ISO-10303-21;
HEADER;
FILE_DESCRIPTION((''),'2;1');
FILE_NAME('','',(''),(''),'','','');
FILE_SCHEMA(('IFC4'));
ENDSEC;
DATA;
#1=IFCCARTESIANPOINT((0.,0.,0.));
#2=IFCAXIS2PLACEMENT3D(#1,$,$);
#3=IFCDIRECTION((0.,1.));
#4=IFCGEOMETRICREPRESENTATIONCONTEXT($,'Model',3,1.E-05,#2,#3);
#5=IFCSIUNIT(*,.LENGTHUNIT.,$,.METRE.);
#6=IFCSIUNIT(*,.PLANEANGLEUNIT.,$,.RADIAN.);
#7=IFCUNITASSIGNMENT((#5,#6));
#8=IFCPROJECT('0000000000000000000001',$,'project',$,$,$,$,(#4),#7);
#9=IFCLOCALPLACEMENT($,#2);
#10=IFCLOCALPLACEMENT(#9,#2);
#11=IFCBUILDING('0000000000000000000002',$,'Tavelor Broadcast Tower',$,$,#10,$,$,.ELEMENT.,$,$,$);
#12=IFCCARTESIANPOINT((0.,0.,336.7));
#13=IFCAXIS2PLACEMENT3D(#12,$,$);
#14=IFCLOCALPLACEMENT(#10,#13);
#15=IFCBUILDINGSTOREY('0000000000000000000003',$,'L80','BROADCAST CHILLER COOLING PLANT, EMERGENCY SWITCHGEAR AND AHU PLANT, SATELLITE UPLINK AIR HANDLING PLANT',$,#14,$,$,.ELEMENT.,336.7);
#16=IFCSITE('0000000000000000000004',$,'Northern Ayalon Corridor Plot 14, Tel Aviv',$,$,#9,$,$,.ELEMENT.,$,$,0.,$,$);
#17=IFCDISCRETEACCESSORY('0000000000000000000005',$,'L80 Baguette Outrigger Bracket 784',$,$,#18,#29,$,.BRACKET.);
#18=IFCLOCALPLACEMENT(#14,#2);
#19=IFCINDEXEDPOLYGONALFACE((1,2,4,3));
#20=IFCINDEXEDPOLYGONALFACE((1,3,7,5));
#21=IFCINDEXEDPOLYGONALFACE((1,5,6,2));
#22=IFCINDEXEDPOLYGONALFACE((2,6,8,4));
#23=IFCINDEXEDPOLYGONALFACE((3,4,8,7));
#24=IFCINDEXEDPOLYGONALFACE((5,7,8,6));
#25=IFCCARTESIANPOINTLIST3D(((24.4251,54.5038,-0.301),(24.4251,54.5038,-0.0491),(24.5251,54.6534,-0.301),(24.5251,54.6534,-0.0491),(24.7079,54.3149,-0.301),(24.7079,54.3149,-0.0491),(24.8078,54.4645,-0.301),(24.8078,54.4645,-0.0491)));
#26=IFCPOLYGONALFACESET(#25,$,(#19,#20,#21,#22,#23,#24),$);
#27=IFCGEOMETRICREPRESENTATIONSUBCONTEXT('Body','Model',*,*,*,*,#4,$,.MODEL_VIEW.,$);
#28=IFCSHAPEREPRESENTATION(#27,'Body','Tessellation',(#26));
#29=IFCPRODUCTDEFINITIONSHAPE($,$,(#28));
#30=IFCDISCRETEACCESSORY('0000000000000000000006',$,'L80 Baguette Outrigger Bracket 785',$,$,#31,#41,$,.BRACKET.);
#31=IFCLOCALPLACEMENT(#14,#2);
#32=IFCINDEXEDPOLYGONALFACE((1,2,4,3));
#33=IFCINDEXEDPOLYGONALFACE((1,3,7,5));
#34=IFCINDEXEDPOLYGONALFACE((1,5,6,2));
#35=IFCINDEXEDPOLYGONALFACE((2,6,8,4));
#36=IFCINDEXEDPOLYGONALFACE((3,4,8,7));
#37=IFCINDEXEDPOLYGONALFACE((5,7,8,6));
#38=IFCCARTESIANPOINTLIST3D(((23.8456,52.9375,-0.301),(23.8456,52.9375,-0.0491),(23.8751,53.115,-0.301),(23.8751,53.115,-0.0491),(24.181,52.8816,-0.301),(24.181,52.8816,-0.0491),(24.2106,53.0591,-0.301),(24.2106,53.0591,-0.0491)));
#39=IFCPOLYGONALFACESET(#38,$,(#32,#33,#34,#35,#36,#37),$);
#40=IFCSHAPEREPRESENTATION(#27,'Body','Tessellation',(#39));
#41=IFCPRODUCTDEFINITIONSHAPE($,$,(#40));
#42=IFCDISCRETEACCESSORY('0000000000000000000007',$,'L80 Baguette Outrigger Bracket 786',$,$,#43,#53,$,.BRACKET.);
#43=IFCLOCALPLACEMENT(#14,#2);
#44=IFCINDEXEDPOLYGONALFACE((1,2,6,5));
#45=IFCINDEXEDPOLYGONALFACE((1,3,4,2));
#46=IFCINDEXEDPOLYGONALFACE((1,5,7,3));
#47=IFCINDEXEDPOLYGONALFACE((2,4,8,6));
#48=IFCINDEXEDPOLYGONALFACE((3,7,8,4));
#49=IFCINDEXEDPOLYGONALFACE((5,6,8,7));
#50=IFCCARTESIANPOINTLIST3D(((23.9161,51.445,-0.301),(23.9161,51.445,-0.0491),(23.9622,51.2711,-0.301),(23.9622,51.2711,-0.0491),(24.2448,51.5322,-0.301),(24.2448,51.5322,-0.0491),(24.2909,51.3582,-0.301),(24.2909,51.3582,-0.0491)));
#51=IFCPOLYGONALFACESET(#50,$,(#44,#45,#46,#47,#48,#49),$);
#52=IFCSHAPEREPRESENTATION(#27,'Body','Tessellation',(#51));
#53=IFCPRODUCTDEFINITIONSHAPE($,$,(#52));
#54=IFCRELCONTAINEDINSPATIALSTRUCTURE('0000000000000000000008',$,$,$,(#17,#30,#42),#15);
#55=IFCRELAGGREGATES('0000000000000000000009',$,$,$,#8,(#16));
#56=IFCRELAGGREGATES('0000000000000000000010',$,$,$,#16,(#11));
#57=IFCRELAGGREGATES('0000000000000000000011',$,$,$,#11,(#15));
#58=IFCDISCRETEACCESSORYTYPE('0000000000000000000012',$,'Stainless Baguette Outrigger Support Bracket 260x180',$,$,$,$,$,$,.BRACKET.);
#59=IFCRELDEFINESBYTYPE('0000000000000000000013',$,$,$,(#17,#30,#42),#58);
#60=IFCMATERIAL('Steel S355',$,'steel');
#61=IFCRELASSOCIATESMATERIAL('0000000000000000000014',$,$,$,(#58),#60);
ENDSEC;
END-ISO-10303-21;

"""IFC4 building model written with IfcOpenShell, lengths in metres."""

from ifc_helpers import new_model, si_unit, direction, frame, origin, origin_2d, place, context, subcontext, project, spatial, rectangle, extrude, source, transform, mapped, material, type_object, type_shapes, element, save


model = new_model("IFC4")

# Units and contexts
model_context = context("Model", 3, precision=1e-05, world=origin(), true_north=direction((0.0, 1.0)))
body_context = subcontext(model_context, "Body", "Model", "MODEL_VIEW")
ifc_project = project(units=[si_unit("LENGTHUNIT", "METRE"), si_unit("PLANEANGLEUNIT", "RADIAN")], contexts=[model_context])

# Site, building, storey
site_placement = place(None, origin())
site = spatial("IfcSite", under=ifc_project, at=site_placement, Name="Northern Ayalon Corridor Plot 14, Tel Aviv", CompositionType="ELEMENT", RefElevation=0.0)
building_placement = place(site_placement, origin())
building = spatial("IfcBuilding", under=site, at=building_placement, Name="Tavelor Broadcast Tower", CompositionType="ELEMENT")
storey_placement = place(building_placement, frame((0.0, 0.0, 336.7)))
storey = spatial("IfcBuildingStorey", under=building, at=storey_placement, Name="L80", Description="BROADCAST CHILLER COOLING PLANT, EMERGENCY SWITCHGEAR AND AHU PLANT, SATELLITE UPLINK AIR HANDLING PLANT", CompositionType="ELEMENT", Elevation=336.7)

# Discrete accessories
ifc_material_1 = material(Name="Steel S355", Category="steel")
discrete_accessory_type = type_object("IfcDiscreteAccessoryType", Name="Stainless Baguette Outrigger Support Bracket 260x180", PredefinedType="BRACKET", material=ifc_material_1)
shared_shape_1 = source(origin(), body_context, "Body", "SweptSolid", [
    extrude(rectangle(XDim=0.1799, YDim=0.3401, at=origin_2d()), origin(), (0.0, 0.0, 1.0), 0.252),
])
type_shapes(discrete_accessory_type, [shared_shape_1])
for number, where, z_axis, x_axis, name in (
    (1, (24.6165, 54.4841, -0.301), (0.0, 0.0, 1.0), (-0.55557, -0.83147, 0.0), "L80 Baguette Outrigger Bracket 784"),
    (2, (24.0281, 52.9983, -0.301), (0.0, 0.0, 1.0), (-0.164187, -0.986429, 0.0), "L80 Baguette Outrigger Bracket 785"),
    (3, (24.1035, 51.4016, -0.301), (0.0, 0.0, 1.0), (0.256289, -0.9666, 0.0), "L80 Baguette Outrigger Bracket 786"),
):
    element("IfcDiscreteAccessory", number, at=place(storey_placement, frame(where, z_axis=z_axis, x_axis=x_axis)), inside=storey, type_object=discrete_accessory_type, Name=name, PredefinedType="BRACKET", context=body_context, shape_type="MappedRepresentation", body=[
        mapped(shared_shape_1, transform((0.0, 0.0, 0.0), scale=1.0)),
    ])

save(model, "model.ifc")
